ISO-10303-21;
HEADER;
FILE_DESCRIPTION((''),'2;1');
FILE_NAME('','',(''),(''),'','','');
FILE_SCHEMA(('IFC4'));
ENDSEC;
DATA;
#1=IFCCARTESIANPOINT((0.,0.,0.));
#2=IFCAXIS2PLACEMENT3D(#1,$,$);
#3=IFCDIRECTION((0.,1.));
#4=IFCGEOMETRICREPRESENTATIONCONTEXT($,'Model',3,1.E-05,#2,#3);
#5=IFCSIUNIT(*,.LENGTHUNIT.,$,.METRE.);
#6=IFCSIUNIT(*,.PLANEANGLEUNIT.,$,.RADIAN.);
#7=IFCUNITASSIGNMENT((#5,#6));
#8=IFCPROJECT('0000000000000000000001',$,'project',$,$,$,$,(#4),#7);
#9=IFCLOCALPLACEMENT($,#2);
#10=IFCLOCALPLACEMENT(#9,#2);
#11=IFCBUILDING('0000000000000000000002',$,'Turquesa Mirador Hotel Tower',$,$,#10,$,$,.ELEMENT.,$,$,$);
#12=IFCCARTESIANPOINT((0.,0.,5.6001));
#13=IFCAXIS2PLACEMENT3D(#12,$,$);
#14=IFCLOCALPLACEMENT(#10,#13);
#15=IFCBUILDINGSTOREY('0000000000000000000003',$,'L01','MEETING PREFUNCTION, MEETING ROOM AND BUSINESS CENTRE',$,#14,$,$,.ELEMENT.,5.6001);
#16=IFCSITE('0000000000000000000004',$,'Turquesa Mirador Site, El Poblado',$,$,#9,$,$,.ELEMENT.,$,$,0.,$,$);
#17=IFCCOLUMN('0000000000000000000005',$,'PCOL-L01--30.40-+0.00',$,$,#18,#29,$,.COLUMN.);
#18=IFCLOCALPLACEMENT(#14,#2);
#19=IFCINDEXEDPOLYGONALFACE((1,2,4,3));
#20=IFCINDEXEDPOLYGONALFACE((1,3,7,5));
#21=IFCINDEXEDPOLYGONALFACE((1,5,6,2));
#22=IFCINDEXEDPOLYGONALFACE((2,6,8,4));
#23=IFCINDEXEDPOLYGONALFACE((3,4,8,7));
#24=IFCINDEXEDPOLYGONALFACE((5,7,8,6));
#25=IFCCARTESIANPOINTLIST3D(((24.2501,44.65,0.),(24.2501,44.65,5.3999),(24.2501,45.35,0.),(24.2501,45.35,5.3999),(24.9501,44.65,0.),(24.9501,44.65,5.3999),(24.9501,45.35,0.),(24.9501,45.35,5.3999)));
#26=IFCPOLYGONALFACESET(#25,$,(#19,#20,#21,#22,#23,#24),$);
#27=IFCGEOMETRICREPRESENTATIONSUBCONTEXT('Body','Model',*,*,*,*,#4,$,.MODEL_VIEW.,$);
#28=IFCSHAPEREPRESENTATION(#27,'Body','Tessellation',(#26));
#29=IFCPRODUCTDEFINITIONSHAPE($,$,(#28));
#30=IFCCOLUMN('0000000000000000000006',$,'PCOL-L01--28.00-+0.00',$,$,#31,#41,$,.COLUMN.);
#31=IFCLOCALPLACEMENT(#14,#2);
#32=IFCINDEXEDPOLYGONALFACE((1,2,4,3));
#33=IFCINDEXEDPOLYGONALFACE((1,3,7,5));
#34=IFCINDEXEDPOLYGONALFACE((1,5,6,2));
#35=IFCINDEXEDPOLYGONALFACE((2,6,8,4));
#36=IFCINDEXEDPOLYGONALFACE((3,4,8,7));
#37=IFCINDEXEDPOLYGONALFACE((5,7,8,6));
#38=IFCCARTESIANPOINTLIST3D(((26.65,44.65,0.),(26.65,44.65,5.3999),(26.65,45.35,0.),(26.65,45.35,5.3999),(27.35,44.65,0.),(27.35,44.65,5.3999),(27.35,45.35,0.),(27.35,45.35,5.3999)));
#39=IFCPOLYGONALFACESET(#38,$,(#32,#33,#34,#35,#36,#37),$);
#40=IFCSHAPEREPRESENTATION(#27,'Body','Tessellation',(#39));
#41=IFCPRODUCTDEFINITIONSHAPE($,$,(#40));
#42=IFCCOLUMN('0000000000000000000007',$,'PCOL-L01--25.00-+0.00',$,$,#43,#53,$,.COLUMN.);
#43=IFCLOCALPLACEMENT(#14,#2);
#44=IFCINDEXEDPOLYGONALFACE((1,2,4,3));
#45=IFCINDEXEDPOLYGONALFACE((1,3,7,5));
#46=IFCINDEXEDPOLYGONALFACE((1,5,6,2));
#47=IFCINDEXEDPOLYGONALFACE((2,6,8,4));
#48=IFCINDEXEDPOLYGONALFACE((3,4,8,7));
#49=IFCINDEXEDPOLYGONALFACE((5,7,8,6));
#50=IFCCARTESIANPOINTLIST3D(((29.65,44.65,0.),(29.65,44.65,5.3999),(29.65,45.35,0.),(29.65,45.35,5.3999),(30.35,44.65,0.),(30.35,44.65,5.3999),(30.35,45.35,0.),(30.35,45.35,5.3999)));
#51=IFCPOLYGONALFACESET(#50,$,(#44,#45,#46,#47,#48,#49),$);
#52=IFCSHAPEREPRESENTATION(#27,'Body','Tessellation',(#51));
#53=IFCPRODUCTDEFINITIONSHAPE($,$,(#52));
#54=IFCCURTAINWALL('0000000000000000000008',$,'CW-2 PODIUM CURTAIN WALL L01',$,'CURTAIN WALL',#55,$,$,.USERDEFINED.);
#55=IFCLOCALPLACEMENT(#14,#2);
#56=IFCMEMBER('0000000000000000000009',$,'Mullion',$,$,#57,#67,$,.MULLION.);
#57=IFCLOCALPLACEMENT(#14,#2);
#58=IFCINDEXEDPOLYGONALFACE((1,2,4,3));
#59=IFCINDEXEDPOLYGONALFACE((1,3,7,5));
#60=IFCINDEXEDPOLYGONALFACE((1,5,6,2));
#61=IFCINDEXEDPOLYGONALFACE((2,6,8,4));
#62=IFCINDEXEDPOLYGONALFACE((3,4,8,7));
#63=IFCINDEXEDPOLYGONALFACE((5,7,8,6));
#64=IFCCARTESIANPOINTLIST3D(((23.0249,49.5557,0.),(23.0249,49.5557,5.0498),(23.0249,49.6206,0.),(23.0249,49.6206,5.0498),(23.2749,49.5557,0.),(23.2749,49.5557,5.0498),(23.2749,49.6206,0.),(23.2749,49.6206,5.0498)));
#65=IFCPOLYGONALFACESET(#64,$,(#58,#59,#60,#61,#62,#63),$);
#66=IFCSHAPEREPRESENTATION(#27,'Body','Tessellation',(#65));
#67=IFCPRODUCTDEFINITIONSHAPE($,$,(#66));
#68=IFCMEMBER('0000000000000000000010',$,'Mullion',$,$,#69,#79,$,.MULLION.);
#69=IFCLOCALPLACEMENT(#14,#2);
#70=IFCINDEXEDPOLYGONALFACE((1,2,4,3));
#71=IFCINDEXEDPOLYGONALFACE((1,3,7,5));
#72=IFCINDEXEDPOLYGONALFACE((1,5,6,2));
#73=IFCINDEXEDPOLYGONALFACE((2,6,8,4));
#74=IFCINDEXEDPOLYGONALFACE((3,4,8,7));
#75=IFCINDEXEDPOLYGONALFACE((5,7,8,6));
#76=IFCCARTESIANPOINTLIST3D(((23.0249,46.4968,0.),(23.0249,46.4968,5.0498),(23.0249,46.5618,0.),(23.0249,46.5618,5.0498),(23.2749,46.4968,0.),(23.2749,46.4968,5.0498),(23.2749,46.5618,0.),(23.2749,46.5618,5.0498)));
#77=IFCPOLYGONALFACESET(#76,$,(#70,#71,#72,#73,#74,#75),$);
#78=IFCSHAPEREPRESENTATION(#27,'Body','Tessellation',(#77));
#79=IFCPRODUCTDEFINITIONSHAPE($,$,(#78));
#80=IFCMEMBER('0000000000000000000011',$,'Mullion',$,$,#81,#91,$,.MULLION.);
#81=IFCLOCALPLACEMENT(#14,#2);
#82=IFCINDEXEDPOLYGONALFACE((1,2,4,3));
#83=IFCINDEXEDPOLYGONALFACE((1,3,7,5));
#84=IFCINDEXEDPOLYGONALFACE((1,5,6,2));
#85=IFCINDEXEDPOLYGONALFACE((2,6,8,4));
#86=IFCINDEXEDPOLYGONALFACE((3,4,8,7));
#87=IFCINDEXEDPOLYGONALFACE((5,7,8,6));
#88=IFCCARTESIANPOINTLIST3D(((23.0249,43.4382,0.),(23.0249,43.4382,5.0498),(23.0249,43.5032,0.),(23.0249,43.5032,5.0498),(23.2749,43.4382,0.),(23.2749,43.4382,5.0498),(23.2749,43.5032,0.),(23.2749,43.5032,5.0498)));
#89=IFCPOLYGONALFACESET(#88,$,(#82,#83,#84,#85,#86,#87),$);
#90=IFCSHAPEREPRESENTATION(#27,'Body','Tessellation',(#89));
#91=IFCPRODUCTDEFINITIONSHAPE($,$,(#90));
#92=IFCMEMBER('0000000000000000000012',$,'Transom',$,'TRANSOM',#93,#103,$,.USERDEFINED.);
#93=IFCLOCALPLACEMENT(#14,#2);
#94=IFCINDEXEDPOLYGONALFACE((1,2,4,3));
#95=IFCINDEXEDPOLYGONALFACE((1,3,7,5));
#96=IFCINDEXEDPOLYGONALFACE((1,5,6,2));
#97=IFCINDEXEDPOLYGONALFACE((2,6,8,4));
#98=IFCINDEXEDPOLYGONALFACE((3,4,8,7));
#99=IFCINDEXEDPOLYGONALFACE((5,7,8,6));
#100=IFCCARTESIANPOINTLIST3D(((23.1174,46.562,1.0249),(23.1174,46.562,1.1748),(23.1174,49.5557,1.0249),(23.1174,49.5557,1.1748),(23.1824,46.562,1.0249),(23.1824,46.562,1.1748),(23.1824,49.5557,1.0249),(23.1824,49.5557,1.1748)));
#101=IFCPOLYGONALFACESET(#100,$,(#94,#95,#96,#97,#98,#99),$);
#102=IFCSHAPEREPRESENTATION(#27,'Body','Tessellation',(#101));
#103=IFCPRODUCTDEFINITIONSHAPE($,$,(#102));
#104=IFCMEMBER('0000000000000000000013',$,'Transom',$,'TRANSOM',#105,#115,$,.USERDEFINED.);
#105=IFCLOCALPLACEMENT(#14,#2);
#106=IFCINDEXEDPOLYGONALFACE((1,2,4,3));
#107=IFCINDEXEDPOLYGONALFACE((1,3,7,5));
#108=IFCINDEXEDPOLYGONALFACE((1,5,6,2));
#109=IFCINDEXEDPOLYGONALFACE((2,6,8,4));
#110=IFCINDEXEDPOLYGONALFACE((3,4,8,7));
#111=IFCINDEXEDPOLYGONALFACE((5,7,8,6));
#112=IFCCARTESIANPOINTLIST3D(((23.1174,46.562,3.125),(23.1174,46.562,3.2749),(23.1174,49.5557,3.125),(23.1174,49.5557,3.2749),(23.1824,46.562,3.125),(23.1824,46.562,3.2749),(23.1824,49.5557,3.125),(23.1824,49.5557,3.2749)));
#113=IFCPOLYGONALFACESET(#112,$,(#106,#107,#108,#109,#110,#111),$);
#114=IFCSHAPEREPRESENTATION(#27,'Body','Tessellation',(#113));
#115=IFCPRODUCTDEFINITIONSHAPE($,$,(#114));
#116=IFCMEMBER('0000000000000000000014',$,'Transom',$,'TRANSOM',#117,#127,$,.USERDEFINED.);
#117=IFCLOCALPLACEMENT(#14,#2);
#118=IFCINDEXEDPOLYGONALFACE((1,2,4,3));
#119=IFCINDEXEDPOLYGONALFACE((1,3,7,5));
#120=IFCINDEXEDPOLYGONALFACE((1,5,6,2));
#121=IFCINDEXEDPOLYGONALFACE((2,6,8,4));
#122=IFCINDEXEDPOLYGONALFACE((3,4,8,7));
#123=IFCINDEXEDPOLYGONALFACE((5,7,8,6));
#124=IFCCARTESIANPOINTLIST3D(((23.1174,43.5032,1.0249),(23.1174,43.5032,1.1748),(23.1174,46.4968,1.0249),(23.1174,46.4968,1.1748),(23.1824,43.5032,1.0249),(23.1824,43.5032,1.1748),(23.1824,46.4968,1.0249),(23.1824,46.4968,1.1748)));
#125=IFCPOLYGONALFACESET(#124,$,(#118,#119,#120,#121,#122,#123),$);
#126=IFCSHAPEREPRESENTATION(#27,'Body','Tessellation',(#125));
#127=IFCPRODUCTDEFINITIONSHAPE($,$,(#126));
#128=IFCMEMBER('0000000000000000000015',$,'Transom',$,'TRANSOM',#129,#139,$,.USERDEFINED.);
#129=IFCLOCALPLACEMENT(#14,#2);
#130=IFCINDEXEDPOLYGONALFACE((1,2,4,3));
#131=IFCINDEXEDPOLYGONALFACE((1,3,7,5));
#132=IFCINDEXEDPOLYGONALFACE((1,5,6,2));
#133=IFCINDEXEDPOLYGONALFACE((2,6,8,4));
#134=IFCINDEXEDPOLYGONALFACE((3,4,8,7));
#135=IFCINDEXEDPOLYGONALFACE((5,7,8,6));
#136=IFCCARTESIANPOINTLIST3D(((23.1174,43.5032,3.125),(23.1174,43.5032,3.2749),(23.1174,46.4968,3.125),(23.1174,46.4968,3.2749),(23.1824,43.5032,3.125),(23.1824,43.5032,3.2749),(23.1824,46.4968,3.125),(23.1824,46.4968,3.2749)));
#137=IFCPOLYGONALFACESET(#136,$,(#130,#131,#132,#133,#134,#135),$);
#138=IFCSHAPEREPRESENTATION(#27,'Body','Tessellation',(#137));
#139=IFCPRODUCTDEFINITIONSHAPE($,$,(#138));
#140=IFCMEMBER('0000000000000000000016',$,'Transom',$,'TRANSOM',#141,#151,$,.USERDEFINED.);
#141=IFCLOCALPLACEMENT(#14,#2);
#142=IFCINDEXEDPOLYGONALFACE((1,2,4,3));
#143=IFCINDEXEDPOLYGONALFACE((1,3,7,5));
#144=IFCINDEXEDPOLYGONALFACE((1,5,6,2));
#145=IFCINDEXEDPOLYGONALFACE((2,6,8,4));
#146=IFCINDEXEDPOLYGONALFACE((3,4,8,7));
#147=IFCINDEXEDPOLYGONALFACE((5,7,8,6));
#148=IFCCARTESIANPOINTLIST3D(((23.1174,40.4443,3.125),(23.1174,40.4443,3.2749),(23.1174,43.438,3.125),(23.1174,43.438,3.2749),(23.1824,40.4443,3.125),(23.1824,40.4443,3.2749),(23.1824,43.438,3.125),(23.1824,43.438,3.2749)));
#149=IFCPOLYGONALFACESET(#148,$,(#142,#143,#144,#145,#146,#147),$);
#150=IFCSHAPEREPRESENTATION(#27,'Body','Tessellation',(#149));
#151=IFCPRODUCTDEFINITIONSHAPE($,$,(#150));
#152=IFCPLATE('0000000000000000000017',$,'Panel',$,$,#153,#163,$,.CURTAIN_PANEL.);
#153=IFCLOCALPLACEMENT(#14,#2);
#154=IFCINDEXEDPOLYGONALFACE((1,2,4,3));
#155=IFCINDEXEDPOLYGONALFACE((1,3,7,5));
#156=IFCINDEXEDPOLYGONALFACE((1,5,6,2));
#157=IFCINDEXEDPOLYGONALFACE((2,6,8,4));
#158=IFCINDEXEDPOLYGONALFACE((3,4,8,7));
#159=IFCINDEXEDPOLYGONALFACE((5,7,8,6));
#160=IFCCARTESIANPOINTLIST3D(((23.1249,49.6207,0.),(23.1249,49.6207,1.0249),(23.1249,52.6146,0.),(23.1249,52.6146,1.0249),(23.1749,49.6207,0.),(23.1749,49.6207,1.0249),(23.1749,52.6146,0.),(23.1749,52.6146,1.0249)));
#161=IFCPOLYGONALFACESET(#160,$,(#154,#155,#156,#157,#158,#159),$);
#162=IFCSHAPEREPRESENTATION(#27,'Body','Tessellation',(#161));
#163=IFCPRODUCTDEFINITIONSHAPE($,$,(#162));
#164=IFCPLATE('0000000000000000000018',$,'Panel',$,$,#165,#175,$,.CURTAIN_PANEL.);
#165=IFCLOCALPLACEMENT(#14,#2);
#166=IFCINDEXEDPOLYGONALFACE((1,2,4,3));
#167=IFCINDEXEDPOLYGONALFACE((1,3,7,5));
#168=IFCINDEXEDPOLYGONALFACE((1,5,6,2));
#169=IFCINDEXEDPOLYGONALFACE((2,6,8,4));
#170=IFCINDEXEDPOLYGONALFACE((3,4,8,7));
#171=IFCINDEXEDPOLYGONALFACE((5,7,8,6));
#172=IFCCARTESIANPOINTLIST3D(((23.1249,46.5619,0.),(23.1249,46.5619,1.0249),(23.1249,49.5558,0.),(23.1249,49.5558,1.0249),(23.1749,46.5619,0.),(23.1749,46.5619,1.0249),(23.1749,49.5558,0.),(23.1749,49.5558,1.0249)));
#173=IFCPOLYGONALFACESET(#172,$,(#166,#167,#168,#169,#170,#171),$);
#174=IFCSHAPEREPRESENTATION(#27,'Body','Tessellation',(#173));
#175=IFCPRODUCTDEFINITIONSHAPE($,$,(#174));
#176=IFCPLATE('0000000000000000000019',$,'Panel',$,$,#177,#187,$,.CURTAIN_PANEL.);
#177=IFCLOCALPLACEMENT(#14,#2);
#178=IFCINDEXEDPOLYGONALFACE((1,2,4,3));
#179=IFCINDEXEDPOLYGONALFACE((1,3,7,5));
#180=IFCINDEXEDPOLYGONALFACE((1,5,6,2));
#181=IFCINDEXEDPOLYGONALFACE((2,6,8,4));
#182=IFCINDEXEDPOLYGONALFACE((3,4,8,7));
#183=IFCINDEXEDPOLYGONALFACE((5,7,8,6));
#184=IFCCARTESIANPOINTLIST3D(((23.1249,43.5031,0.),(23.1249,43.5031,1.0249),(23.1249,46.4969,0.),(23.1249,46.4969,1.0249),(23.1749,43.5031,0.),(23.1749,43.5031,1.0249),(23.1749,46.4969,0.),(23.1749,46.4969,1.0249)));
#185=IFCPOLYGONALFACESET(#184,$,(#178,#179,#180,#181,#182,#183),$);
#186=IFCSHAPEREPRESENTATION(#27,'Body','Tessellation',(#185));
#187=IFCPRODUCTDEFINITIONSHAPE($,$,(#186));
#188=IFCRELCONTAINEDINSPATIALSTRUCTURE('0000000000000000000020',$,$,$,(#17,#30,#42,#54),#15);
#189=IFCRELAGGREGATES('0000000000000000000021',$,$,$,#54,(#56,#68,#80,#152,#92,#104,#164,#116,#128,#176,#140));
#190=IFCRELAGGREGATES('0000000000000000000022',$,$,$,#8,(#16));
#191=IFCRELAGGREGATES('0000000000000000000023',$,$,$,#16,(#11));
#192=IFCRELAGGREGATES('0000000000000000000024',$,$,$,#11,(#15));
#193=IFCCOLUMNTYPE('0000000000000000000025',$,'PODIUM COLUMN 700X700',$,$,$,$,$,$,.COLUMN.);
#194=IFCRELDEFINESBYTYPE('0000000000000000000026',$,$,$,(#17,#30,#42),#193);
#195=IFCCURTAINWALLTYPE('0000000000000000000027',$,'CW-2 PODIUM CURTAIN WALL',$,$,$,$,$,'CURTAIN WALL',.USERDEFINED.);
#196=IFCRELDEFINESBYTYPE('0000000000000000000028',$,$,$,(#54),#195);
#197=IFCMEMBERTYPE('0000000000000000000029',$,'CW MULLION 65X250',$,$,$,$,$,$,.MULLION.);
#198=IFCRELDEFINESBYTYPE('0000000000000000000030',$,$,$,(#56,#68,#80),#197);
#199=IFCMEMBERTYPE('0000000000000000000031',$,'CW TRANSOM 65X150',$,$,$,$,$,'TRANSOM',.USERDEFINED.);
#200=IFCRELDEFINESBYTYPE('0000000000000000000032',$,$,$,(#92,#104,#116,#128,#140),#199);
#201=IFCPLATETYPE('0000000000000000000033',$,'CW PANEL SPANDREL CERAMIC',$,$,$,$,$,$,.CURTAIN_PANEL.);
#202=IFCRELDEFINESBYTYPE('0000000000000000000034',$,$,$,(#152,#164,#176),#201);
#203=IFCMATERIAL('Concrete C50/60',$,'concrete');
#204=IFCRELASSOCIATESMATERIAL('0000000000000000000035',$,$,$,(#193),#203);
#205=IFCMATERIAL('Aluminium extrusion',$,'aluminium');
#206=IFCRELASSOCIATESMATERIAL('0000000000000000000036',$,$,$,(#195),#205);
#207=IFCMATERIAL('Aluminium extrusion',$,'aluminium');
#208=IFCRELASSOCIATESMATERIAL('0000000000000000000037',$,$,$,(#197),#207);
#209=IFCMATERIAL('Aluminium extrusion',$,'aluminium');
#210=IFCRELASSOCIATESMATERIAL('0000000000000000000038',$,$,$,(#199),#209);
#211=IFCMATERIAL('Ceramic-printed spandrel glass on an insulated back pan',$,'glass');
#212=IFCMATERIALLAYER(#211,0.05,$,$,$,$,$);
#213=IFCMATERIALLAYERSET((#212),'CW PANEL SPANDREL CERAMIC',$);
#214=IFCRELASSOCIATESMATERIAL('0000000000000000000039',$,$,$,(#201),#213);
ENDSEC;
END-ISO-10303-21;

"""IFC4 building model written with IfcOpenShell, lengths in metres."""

from ifc_helpers import new_model, si_unit, direction, frame, origin, origin_2d, place, context, subcontext, project, spatial, rectangle, extrude, material, layer, layer_set, material_profile, profile_set, type_object, element, aggregate, save


model = new_model("IFC4")

# Units and contexts
model_context = context("Model", 3, precision=1e-05, world=origin(), true_north=direction((0.0, 1.0)))
body_context = subcontext(model_context, "Body", "Model", "MODEL_VIEW")
ifc_project = project(units=[si_unit("LENGTHUNIT", "METRE"), si_unit("PLANEANGLEUNIT", "RADIAN")], contexts=[model_context])

# Site, building, storey
site_placement = place(None, origin())
site = spatial("IfcSite", under=ifc_project, at=site_placement, Name="Turquesa Mirador Site, El Poblado", CompositionType="ELEMENT", RefElevation=0.0)
building_placement = place(site_placement, origin())
building = spatial("IfcBuilding", under=site, at=building_placement, Name="Turquesa Mirador Hotel Tower", CompositionType="ELEMENT")
storey_placement = place(building_placement, frame((0.0, 0.0, 5.6001)))
storey = spatial("IfcBuildingStorey", under=building, at=storey_placement, Name="L01", Description="MEETING PREFUNCTION, MEETING ROOM AND BUSINESS CENTRE", CompositionType="ELEMENT", Elevation=5.6001)

# Columns
ifc_material_1 = material(Name="Concrete C50/60", Category="concrete")
ifc_material_profile_1 = material_profile(ifc_material_1, rectangle(XDim=0.7, YDim=0.7, at=origin_2d()), Name="RC 700X700")
ifc_profile_set_1 = profile_set([ifc_material_profile_1], Name="Concrete C50/60")
column_type = type_object("IfcColumnType", Name="PODIUM COLUMN 700X700", PredefinedType="COLUMN", material=ifc_profile_set_1)
for number, where, z_axis, x_axis, name in (
    (1, (24.6001, 45.0, 0.0), (0.0, 0.0, 1.0), (1.0, 0.0, 0.0), "PCOL-L01--30.40-+0.00"),
    (2, (27.0, 45.0, 0.0), (0.0, 0.0, 1.0), (1.0, 0.0, 0.0), "PCOL-L01--28.00-+0.00"),
    (3, (30.0, 45.0, 0.0), (0.0, 0.0, 1.0), (1.0, 0.0, 0.0), "PCOL-L01--25.00-+0.00"),
):
    element("IfcColumn", number, at=place(storey_placement, frame(where, z_axis=z_axis, x_axis=x_axis)), inside=storey, type_object=column_type, Name=name, PredefinedType="COLUMN", context=body_context, shape_type="SweptSolid", body=[
        extrude(rectangle(XDim=0.7, YDim=0.7, at=origin_2d()), origin(), (0.0, 0.0, 1.0), 5.3999),
    ])

# Curtain wall, members, plates
ifc_material_2 = material(Name="Aluminium extrusion", Category="aluminium")
curtain_wall_type = type_object("IfcCurtainWallType", Name="CW-2 PODIUM CURTAIN WALL", ElementType="CURTAIN WALL", PredefinedType="USERDEFINED", material=ifc_material_2)
curtain_wall_placement = place(storey_placement, origin())
curtain_wall = element("IfcCurtainWall", 4, at=curtain_wall_placement, inside=storey, type_object=curtain_wall_type, Name="CW-2 PODIUM CURTAIN WALL L01", ObjectType="CURTAIN WALL", PredefinedType="USERDEFINED")
ifc_material_3 = material(Name="Aluminium extrusion", Category="aluminium")
ifc_material_profile_2 = material_profile(ifc_material_3, rectangle(XDim=0.0649, YDim=0.25, at=origin_2d()), Name="MULLION 65X250")
ifc_profile_set_2 = profile_set([ifc_material_profile_2], Name="Aluminium extrusion")
member_type_1 = type_object("IfcMemberType", Name="CW MULLION 65X250", PredefinedType="MULLION", material=ifc_profile_set_2)
member_1_placement = place(storey_placement, frame((23.1499, 49.5881, 0.0), z_axis=(0.0, 0.0, 1.0), x_axis=(0.0, -1.0, 0.0)))
member_1 = element("IfcMember", 5, at=member_1_placement, type_object=member_type_1, Name="Mullion", PredefinedType="MULLION", context=body_context, shape_type="SweptSolid", body=[
    extrude(rectangle(XDim=0.0649, YDim=0.25, at=origin_2d()), origin(), (0.0, 0.0, 1.0), 5.0498),
])
member_2_placement = place(storey_placement, frame((23.1499, 46.5293, 0.0), z_axis=(0.0, 0.0, 1.0), x_axis=(0.0, -1.0, 0.0)))
member_2 = element("IfcMember", 6, at=member_2_placement, type_object=member_type_1, Name="Mullion", PredefinedType="MULLION", context=body_context, shape_type="SweptSolid", body=[
    extrude(rectangle(XDim=0.0649, YDim=0.25, at=origin_2d()), origin(), (0.0, 0.0, 1.0), 5.0498),
])
member_3_placement = place(storey_placement, frame((23.1499, 43.4707, 0.0), z_axis=(0.0, 0.0, 1.0), x_axis=(0.0, -1.0, 0.0)))
member_3 = element("IfcMember", 7, at=member_3_placement, type_object=member_type_1, Name="Mullion", PredefinedType="MULLION", context=body_context, shape_type="SweptSolid", body=[
    extrude(rectangle(XDim=0.0649, YDim=0.25, at=origin_2d()), origin(), (0.0, 0.0, 1.0), 5.0498),
])
ifc_material_4 = material(Name="Aluminium extrusion", Category="aluminium")
ifc_material_profile_3 = material_profile(ifc_material_4, rectangle(XDim=0.0649, YDim=0.1499, at=origin_2d()), Name="TRANSOM 65X150")
ifc_profile_set_3 = profile_set([ifc_material_profile_3], Name="Aluminium extrusion")
member_type_2 = type_object("IfcMemberType", Name="CW TRANSOM 65X150", ElementType="TRANSOM", PredefinedType="USERDEFINED", material=ifc_profile_set_3)
member_4_placement = place(storey_placement, frame((23.1499, 49.5557, 1.0999), z_axis=(0.0, -1.0, 0.0), x_axis=(1.0, 0.0, 0.0)))
member_4 = element("IfcMember", 8, at=member_4_placement, type_object=member_type_2, Name="Transom", ObjectType="TRANSOM", PredefinedType="USERDEFINED", context=body_context, shape_type="SweptSolid", body=[
    extrude(rectangle(XDim=0.0649, YDim=0.1499, at=origin_2d()), origin(), (0.0, 0.0, 1.0), 2.9937),
])
member_5_placement = place(storey_placement, frame((23.1499, 49.5557, 3.2), z_axis=(0.0, -1.0, 0.0), x_axis=(1.0, 0.0, 0.0)))
member_5 = element("IfcMember", 9, at=member_5_placement, type_object=member_type_2, Name="Transom", ObjectType="TRANSOM", PredefinedType="USERDEFINED", context=body_context, shape_type="SweptSolid", body=[
    extrude(rectangle(XDim=0.0649, YDim=0.1499, at=origin_2d()), origin(), (0.0, 0.0, 1.0), 2.9937),
])
member_6_placement = place(storey_placement, frame((23.1499, 46.4968, 1.0999), z_axis=(0.0, -1.0, 0.0), x_axis=(1.0, 0.0, 0.0)))
member_6 = element("IfcMember", 10, at=member_6_placement, type_object=member_type_2, Name="Transom", ObjectType="TRANSOM", PredefinedType="USERDEFINED", context=body_context, shape_type="SweptSolid", body=[
    extrude(rectangle(XDim=0.0649, YDim=0.1499, at=origin_2d()), origin(), (0.0, 0.0, 1.0), 2.9937),
])
member_7_placement = place(storey_placement, frame((23.1499, 46.4968, 3.2), z_axis=(0.0, -1.0, 0.0), x_axis=(1.0, 0.0, 0.0)))
member_7 = element("IfcMember", 11, at=member_7_placement, type_object=member_type_2, Name="Transom", ObjectType="TRANSOM", PredefinedType="USERDEFINED", context=body_context, shape_type="SweptSolid", body=[
    extrude(rectangle(XDim=0.0649, YDim=0.1499, at=origin_2d()), origin(), (0.0, 0.0, 1.0), 2.9937),
])
member_8_placement = place(storey_placement, frame((23.1499, 43.438, 3.2), z_axis=(0.0, -1.0, 0.0), x_axis=(1.0, 0.0, 0.0)))
member_8 = element("IfcMember", 12, at=member_8_placement, type_object=member_type_2, Name="Transom", ObjectType="TRANSOM", PredefinedType="USERDEFINED", context=body_context, shape_type="SweptSolid", body=[
    extrude(rectangle(XDim=0.0649, YDim=0.1499, at=origin_2d()), origin(), (0.0, 0.0, 1.0), 2.9937),
])
ifc_material_5 = material(Name="Ceramic-printed spandrel glass on an insulated back pan", Category="glass")
ifc_layer_1 = layer(ifc_material_5, 0.05)
ifc_layer_set_1 = layer_set([ifc_layer_1], Name="CW PANEL SPANDREL CERAMIC")
plate_type_1 = type_object("IfcPlateType", Name="CW PANEL SPANDREL CERAMIC", PredefinedType="CURTAIN_PANEL", material=ifc_layer_set_1)
plate_1_placement = place(storey_placement, frame((23.1499, 51.1177, 0.0), z_axis=(0.0, 0.0, 1.0), x_axis=(0.0, -1.0, 0.0)))
plate_1 = element("IfcPlate", 13, at=plate_1_placement, type_object=plate_type_1, Name="Panel", PredefinedType="CURTAIN_PANEL", context=body_context, shape_type="SweptSolid", body=[
    extrude(rectangle(XDim=2.9939, YDim=0.05, at=origin_2d()), origin(), (0.0, 0.0, 1.0), 1.0249),
])
plate_2_placement = place(storey_placement, frame((23.1499, 48.0588, 0.0), z_axis=(0.0, 0.0, 1.0), x_axis=(0.0, -1.0, 0.0)))
plate_2 = element("IfcPlate", 14, at=plate_2_placement, type_object=plate_type_1, Name="Panel", PredefinedType="CURTAIN_PANEL", context=body_context, shape_type="SweptSolid", body=[
    extrude(rectangle(XDim=2.9939, YDim=0.05, at=origin_2d()), origin(), (0.0, 0.0, 1.0), 1.0249),
])
plate_3_placement = place(storey_placement, frame((23.1499, 45.0, 0.0), z_axis=(0.0, 0.0, 1.0), x_axis=(0.0, -1.0, 0.0)))
plate_3 = element("IfcPlate", 15, at=plate_3_placement, type_object=plate_type_1, Name="Panel", PredefinedType="CURTAIN_PANEL", context=body_context, shape_type="SweptSolid", body=[
    extrude(rectangle(XDim=2.9939, YDim=0.05, at=origin_2d()), origin(), (0.0, 0.0, 1.0), 1.0249),
])
aggregate(curtain_wall, [member_1, member_2, member_3, plate_1, member_4, member_5, plate_2, member_6, member_7, plate_3, member_8])

save(model, "model.ifc")
